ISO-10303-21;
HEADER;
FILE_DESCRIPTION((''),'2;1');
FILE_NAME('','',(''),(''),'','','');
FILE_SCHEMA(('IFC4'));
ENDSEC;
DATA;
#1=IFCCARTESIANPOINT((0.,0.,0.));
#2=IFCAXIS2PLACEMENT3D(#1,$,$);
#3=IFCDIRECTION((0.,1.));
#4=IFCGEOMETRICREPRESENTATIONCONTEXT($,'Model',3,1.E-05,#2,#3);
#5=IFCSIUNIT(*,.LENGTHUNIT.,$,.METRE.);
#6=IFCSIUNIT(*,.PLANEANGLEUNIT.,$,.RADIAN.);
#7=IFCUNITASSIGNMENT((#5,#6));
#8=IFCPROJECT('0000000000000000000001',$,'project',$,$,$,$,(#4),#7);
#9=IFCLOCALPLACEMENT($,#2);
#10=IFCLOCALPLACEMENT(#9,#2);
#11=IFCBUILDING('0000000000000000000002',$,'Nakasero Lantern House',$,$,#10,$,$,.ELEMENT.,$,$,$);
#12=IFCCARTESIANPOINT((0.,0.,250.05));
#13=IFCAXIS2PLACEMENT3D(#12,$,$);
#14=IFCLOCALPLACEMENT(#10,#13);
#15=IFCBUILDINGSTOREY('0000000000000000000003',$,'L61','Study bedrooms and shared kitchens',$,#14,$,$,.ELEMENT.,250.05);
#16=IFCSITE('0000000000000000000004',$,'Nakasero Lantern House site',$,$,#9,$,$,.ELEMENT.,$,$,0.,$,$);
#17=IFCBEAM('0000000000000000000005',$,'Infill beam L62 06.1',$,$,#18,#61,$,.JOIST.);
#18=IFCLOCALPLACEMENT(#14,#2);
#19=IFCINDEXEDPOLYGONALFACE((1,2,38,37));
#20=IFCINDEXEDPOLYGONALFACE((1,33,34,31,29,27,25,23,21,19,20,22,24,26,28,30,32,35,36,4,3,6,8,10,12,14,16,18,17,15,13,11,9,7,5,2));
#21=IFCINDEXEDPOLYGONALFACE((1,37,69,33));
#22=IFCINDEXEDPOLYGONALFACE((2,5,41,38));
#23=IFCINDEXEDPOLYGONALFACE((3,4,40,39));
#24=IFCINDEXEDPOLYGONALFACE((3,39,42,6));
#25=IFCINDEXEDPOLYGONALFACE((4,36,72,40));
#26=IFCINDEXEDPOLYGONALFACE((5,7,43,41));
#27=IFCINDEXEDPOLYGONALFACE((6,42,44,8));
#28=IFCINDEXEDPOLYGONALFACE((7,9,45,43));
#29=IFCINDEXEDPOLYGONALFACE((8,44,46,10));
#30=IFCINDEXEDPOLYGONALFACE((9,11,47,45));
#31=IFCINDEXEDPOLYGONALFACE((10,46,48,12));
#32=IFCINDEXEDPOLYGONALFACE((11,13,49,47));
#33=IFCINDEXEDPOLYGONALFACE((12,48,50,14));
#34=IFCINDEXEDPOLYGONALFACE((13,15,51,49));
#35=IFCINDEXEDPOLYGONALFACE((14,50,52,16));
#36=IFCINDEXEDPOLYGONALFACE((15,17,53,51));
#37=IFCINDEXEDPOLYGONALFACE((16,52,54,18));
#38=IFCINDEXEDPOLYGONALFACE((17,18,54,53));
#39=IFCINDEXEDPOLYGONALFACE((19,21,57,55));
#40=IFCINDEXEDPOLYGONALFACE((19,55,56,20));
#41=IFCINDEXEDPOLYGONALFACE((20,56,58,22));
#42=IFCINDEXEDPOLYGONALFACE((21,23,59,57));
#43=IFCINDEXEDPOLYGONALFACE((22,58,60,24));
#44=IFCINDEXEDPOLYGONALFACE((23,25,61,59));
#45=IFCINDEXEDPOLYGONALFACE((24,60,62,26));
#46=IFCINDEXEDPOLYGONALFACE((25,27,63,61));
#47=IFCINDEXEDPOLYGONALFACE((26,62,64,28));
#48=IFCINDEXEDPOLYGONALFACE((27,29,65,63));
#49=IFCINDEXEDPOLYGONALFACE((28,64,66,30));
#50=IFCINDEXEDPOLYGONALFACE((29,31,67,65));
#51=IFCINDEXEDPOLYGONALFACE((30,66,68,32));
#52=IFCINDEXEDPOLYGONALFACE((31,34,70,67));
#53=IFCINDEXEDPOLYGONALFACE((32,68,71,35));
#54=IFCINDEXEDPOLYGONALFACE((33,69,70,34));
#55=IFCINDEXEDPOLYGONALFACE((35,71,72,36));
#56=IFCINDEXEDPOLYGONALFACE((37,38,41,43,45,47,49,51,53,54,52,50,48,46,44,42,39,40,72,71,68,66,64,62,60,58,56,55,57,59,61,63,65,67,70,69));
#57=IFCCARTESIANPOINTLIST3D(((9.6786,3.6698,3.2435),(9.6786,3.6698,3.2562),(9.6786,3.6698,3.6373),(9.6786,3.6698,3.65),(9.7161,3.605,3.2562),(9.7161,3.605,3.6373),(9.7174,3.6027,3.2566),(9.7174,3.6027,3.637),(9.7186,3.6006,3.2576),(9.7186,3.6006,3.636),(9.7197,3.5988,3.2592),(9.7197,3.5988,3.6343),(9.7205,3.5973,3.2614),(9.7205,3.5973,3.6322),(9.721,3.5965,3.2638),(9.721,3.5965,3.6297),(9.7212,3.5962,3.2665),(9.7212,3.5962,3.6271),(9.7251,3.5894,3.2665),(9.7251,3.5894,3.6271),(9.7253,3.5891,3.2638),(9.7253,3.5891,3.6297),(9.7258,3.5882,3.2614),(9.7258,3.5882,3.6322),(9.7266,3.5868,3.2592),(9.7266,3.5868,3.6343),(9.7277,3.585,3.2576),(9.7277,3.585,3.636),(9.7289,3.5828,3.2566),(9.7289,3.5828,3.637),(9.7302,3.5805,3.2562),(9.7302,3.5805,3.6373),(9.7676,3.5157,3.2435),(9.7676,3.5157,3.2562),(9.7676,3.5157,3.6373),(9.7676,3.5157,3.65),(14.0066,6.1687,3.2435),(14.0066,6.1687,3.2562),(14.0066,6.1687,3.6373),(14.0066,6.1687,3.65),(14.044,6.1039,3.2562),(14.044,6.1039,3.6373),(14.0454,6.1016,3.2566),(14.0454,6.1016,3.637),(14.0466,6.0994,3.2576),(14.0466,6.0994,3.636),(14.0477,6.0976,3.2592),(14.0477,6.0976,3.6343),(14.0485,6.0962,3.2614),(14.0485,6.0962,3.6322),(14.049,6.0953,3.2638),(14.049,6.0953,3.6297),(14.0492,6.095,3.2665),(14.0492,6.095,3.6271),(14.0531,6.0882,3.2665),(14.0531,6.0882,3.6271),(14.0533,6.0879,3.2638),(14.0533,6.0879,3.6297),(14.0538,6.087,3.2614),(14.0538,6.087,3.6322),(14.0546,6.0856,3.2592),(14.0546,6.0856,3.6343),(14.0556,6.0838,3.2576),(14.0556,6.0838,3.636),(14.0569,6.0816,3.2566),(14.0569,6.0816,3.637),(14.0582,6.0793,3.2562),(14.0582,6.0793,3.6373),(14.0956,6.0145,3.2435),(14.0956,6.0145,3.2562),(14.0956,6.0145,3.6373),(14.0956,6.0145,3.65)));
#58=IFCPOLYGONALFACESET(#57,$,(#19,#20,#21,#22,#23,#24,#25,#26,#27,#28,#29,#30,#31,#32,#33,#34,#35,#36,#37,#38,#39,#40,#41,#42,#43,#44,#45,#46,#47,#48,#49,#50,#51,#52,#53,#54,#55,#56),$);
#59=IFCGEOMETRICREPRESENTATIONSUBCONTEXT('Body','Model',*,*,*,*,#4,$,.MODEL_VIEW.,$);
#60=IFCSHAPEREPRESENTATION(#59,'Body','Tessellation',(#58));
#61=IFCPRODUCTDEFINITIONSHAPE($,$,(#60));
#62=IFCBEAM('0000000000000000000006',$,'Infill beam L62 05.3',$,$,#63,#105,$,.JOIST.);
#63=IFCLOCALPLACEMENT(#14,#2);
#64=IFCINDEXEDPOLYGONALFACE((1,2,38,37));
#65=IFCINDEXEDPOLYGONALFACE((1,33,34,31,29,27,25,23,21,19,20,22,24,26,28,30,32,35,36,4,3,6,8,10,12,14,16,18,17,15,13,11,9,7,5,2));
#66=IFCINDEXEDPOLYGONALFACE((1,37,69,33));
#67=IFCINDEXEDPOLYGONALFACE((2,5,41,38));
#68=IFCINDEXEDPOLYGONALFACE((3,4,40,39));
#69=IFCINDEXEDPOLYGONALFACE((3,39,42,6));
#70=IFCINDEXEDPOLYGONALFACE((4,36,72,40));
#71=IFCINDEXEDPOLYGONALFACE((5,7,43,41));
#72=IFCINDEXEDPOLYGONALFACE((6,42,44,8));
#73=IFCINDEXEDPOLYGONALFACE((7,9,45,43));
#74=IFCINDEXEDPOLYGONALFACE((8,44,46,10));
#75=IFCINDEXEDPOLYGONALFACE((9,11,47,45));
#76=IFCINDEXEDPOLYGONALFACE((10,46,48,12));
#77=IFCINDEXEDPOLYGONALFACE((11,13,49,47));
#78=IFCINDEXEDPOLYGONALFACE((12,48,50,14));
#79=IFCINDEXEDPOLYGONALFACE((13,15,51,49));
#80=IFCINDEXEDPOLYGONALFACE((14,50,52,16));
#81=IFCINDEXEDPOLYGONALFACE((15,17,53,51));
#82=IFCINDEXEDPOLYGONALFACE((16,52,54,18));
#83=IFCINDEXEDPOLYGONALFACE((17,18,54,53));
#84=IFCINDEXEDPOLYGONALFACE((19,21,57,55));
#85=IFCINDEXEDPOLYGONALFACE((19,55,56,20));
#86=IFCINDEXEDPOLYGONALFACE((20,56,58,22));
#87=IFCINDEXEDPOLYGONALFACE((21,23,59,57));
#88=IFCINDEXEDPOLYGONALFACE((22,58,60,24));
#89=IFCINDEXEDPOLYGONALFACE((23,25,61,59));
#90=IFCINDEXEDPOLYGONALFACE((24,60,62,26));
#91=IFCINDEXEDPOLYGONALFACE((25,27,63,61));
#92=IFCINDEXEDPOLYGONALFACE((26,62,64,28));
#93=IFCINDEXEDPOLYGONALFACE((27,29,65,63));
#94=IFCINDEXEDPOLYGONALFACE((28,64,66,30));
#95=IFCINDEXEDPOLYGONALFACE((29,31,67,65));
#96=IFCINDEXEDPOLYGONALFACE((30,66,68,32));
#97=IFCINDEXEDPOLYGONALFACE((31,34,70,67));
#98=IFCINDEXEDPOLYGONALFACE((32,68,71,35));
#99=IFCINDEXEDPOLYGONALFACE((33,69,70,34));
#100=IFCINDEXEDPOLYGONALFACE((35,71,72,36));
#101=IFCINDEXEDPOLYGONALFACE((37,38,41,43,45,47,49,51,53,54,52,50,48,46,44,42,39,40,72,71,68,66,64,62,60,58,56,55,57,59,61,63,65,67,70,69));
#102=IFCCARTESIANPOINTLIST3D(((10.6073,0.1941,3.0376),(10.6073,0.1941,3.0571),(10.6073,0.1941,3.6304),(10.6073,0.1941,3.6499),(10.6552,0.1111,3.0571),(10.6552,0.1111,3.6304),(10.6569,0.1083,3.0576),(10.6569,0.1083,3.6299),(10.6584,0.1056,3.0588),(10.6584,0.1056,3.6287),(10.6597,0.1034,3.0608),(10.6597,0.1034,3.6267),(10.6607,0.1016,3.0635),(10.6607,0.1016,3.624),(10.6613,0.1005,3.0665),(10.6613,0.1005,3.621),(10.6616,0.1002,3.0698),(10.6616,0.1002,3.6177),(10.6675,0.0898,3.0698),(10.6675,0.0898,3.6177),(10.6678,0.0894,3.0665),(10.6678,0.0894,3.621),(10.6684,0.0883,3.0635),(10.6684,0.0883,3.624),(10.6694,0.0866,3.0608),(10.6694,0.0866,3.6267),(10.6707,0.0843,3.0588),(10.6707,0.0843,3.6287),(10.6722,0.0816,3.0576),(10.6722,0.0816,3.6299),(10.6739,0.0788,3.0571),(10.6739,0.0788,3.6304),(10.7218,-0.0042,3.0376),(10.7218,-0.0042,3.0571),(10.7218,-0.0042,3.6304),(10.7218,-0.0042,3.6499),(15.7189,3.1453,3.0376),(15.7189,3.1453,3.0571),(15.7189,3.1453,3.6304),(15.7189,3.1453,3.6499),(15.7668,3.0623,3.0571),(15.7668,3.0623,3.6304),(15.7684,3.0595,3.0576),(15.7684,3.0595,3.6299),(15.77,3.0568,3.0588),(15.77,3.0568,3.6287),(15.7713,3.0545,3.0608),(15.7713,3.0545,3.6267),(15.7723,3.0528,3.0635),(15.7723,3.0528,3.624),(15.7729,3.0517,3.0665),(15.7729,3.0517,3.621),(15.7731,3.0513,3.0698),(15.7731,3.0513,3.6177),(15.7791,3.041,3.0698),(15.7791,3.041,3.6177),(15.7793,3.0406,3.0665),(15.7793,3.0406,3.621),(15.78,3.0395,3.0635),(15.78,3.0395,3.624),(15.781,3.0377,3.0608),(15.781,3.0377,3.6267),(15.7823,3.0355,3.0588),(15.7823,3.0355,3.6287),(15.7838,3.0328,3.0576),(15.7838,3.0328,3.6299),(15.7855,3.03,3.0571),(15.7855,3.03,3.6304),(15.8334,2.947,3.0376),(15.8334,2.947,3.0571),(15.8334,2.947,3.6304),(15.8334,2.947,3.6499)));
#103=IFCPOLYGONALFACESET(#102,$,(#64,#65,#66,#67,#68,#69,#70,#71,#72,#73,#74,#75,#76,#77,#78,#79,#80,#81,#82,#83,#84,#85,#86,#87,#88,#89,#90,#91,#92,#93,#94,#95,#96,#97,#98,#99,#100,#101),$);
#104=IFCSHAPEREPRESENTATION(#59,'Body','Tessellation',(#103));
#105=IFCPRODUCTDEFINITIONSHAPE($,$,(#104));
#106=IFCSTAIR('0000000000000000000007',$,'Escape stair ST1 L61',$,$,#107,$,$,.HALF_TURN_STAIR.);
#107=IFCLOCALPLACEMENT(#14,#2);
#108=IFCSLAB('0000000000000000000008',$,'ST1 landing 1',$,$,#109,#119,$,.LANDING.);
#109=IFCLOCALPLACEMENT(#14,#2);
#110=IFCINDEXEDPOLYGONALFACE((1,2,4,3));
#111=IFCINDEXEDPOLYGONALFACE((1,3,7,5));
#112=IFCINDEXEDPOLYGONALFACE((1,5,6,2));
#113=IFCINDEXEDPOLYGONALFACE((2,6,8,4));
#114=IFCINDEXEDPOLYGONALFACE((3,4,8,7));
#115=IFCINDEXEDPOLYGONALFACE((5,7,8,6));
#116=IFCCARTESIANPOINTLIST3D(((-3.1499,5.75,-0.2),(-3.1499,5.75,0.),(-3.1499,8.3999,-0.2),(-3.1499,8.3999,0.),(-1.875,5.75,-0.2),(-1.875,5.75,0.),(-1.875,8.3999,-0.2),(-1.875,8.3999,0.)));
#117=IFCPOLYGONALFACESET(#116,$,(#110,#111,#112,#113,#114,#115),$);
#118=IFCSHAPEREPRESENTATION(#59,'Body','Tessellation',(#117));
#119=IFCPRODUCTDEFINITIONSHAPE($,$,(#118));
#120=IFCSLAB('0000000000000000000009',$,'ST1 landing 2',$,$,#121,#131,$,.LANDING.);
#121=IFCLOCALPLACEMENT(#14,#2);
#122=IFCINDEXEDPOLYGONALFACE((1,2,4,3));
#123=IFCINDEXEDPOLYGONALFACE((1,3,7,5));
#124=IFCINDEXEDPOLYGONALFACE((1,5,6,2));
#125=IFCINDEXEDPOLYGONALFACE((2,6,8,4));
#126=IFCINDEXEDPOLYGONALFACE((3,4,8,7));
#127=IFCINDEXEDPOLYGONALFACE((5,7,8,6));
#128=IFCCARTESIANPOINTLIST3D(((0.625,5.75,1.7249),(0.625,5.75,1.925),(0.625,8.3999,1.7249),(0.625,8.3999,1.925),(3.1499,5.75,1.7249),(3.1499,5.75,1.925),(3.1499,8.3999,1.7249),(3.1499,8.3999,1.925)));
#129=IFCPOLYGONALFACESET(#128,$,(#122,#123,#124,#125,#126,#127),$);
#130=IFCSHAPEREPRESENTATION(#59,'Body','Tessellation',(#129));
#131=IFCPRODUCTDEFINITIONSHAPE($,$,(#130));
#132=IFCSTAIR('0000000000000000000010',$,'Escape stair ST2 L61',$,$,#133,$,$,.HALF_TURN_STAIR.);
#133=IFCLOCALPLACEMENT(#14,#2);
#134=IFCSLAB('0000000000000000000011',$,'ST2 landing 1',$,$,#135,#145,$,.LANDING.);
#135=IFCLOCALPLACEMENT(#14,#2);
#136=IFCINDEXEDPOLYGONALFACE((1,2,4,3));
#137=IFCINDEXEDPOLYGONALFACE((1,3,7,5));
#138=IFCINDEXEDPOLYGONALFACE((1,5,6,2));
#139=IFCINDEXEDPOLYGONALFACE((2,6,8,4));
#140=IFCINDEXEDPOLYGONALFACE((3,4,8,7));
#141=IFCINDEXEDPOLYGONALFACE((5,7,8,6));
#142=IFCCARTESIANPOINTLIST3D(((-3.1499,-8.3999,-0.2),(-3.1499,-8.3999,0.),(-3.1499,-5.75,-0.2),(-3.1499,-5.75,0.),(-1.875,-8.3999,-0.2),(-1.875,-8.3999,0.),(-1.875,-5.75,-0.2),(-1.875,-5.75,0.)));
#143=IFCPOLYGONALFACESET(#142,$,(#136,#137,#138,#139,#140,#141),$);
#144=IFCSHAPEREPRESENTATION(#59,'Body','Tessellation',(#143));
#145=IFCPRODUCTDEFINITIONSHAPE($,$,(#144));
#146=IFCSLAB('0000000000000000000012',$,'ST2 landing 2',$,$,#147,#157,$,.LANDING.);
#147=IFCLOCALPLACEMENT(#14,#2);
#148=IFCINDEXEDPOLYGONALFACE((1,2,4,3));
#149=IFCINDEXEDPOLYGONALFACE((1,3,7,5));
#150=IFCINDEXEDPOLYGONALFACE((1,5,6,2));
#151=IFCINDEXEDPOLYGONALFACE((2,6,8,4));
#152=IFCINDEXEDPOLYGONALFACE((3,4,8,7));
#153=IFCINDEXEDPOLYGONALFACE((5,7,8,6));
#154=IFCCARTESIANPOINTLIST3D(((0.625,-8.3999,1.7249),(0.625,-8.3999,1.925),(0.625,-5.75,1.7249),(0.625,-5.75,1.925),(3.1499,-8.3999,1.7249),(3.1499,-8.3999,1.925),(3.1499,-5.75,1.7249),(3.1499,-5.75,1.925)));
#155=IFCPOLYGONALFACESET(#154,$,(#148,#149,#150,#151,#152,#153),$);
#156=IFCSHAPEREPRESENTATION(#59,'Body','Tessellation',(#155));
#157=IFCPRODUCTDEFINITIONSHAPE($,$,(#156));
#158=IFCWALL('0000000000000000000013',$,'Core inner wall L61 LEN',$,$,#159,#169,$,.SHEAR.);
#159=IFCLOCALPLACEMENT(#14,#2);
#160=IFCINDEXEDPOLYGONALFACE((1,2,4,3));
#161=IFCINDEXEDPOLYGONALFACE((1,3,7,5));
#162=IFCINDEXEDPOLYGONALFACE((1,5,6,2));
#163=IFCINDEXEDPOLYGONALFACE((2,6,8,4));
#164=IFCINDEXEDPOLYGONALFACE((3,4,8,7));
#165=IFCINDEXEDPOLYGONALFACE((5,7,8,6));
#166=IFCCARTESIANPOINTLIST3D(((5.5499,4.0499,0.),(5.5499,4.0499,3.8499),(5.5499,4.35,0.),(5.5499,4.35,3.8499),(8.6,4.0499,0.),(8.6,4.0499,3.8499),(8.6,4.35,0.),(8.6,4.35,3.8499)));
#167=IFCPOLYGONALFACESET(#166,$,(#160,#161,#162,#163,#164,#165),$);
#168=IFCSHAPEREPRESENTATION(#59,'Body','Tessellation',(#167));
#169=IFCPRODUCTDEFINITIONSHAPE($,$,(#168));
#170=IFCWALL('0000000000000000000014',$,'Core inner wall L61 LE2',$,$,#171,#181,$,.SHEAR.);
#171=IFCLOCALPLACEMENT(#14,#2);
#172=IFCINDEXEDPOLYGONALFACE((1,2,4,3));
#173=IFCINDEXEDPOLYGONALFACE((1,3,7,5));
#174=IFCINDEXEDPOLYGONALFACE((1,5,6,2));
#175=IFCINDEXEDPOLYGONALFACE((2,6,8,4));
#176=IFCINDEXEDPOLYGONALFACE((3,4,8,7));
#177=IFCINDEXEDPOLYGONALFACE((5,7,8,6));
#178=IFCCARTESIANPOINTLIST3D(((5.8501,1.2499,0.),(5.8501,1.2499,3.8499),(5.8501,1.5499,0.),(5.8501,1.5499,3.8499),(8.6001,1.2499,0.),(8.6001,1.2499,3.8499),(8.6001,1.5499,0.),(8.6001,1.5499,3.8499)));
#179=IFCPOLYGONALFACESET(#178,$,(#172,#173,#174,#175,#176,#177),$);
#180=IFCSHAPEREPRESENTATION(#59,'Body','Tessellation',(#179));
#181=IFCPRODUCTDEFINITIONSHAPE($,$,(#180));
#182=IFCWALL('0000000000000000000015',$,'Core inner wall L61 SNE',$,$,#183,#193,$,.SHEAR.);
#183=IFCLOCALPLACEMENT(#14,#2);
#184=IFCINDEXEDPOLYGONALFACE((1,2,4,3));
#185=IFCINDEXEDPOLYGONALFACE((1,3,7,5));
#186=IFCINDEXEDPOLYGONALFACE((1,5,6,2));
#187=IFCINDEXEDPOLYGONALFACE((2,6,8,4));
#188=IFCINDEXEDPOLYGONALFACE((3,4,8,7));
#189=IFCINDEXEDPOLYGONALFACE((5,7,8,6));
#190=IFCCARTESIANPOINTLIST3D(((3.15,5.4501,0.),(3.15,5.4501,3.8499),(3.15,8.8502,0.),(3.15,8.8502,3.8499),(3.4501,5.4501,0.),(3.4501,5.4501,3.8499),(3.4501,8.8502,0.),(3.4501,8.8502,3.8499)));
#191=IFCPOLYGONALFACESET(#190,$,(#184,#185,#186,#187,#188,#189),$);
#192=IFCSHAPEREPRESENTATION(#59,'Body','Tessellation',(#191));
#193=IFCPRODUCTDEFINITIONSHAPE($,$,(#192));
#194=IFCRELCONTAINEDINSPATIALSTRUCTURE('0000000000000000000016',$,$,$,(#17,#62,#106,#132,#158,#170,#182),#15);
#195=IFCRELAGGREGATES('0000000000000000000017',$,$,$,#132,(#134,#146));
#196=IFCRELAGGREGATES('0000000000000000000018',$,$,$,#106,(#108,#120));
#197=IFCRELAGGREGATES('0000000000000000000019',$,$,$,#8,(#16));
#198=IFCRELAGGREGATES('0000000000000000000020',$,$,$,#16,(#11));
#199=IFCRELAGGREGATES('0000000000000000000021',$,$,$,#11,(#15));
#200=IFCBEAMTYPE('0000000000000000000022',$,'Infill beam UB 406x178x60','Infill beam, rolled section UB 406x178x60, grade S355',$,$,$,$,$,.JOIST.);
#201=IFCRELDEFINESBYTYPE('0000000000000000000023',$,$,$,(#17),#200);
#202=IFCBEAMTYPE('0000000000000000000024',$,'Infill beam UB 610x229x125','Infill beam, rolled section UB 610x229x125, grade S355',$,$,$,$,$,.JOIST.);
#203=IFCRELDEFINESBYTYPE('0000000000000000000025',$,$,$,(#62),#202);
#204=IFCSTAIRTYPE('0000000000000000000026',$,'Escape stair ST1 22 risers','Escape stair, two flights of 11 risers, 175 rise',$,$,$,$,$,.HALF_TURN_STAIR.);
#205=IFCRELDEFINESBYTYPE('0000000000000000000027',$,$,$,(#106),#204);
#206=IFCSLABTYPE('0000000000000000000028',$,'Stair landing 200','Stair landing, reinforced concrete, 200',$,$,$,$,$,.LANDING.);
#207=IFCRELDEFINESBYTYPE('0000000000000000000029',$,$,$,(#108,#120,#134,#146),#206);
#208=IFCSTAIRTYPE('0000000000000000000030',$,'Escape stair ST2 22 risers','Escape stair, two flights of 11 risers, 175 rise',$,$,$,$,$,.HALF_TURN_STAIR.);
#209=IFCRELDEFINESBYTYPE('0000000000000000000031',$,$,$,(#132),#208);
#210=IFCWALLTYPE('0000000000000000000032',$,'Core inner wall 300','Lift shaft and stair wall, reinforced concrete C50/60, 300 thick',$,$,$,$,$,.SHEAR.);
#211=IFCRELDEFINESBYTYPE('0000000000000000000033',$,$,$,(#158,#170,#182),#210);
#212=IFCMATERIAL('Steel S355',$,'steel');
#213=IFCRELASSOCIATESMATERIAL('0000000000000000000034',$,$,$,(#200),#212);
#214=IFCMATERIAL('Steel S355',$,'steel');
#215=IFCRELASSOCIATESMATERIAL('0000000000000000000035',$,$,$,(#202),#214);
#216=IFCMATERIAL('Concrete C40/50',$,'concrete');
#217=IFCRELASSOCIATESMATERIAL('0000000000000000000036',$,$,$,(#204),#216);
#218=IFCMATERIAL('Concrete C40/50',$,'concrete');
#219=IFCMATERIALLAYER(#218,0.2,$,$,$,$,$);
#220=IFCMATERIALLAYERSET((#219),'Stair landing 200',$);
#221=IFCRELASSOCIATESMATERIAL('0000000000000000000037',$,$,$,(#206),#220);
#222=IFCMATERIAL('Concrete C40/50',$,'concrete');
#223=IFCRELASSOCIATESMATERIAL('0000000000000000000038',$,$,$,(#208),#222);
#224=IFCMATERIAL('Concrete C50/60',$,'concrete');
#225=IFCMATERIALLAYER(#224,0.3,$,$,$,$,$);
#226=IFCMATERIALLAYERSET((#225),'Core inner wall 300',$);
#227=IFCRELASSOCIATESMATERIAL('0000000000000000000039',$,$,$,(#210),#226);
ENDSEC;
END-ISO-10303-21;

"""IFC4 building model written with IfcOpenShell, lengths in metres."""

from ifc_helpers import new_model, si_unit, direction, frame, frame_2d, origin, origin_2d, place, context, subcontext, project, spatial, polyline, rectangle, i_section, outline, extrude, material, layer, layer_set, material_profile, profile_set, type_object, element, aggregate, save


model = new_model("IFC4")

# Units and contexts
model_context = context("Model", 3, precision=1e-05, world=origin(), true_north=direction((0.0, 1.0)))
body_context = subcontext(model_context, "Body", "Model", "MODEL_VIEW")
ifc_project = project(units=[si_unit("LENGTHUNIT", "METRE"), si_unit("PLANEANGLEUNIT", "RADIAN")], contexts=[model_context])

# Site, building, storey
site_placement = place(None, origin())
site = spatial("IfcSite", under=ifc_project, at=site_placement, Name="Nakasero Lantern House site", CompositionType="ELEMENT", RefElevation=0.0)
building_placement = place(site_placement, origin())
building = spatial("IfcBuilding", under=site, at=building_placement, Name="Nakasero Lantern House", CompositionType="ELEMENT")
storey_placement = place(building_placement, frame((0.0, 0.0, 250.05)))
storey = spatial("IfcBuildingStorey", under=building, at=storey_placement, Name="L61", Description="Study bedrooms and shared kitchens", CompositionType="ELEMENT", Elevation=250.05)

# Beams
ifc_material_1 = material(Name="Steel S355", Category="steel")
ifc_material_profile_1 = material_profile(ifc_material_1, i_section(OverallWidth=0.178, OverallDepth=0.4065, WebThickness=0.0078, FlangeThickness=0.0127, FilletRadius=0.0103, at=origin_2d()), Name="UB 406x178x60")
ifc_profile_set_1 = profile_set([ifc_material_profile_1], Name="Steel S355")
beam_type_1 = type_object("IfcBeamType", Name="Infill beam UB 406x178x60", Description="Infill beam, rolled section UB 406x178x60, grade S355", PredefinedType="JOIST", material=ifc_profile_set_1)
beam_1_placement = place(storey_placement, frame((9.7231, 3.5928, 3.4468), z_axis=(0.866019, 0.500011, 0.0), x_axis=(-0.500011, 0.866019, 0.0)))
element("IfcBeam", 1, at=beam_1_placement, inside=storey, type_object=beam_type_1, Name="Infill beam L62 06.1", PredefinedType="JOIST", context=body_context, shape_type="SweptSolid", body=[
    extrude(i_section(OverallWidth=0.178, OverallDepth=0.4065, WebThickness=0.0078, FlangeThickness=0.0127, FilletRadius=0.0103, at=origin_2d()), origin(), (0.0, 0.0, 1.0), 4.9976),
])
ifc_material_2 = material(Name="Steel S355", Category="steel")
ifc_material_profile_2 = material_profile(ifc_material_2, i_section(OverallWidth=0.229, OverallDepth=0.6123, WebThickness=0.012, FlangeThickness=0.0195, FilletRadius=0.0127, at=origin_2d()), Name="UB 610x229x125")
ifc_profile_set_2 = profile_set([ifc_material_profile_2], Name="Steel S355")
beam_type_2 = type_object("IfcBeamType", Name="Infill beam UB 610x229x125", Description="Infill beam, rolled section UB 610x229x125, grade S355", PredefinedType="JOIST", material=ifc_profile_set_2)
beam_2_placement = place(storey_placement, frame((10.6646, 0.095, 3.3438), z_axis=(0.866025, 0.500001, 0.0), x_axis=(-0.500001, 0.866025, 0.0)))
element("IfcBeam", 2, at=beam_2_placement, inside=storey, type_object=beam_type_2, Name="Infill beam L62 05.3", PredefinedType="JOIST", context=body_context, shape_type="SweptSolid", body=[
    extrude(i_section(OverallWidth=0.229, OverallDepth=0.6123, WebThickness=0.012, FlangeThickness=0.0195, FilletRadius=0.0127, at=origin_2d()), origin(), (0.0, 0.0, 1.0), 5.9023),
])

# Stairs, slabs
ifc_material_3 = material(Name="Concrete C40/50", Category="concrete")
stair_type_1 = type_object("IfcStairType", Name="Escape stair ST1 22 risers", Description="Escape stair, two flights of 11 risers, 175 rise", PredefinedType="HALF_TURN_STAIR", material=ifc_material_3)
stair_1_placement = place(storey_placement, origin())
stair_1 = element("IfcStair", 3, at=stair_1_placement, inside=storey, type_object=stair_type_1, Name="Escape stair ST1 L61", PredefinedType="HALF_TURN_STAIR")
ifc_material_4 = material(Name="Concrete C40/50", Category="concrete")
ifc_layer_1 = layer(ifc_material_4, 0.2)
ifc_layer_set_1 = layer_set([ifc_layer_1], Name="Stair landing 200")
slab_type = type_object("IfcSlabType", Name="Stair landing 200", Description="Stair landing, reinforced concrete, 200", PredefinedType="LANDING", material=ifc_layer_set_1)
slab_1_placement = place(storey_placement, frame((0.0, 0.0, -0.2)))
slab_1 = element("IfcSlab", 4, at=slab_1_placement, type_object=slab_type, Name="ST1 landing 1", PredefinedType="LANDING", context=body_context, shape_type="SweptSolid", body=[
    extrude(outline(polyline([(-3.1499, 5.75), (-1.875, 5.75), (-1.875, 8.3999), (-3.1499, 8.3999), (-3.1499, 5.75)])), origin(), (0.0, 0.0, 1.0), 0.2),
])
slab_2_placement = place(storey_placement, frame((0.0, 0.0, 1.7249)))
slab_2 = element("IfcSlab", 5, at=slab_2_placement, type_object=slab_type, Name="ST1 landing 2", PredefinedType="LANDING", context=body_context, shape_type="SweptSolid", body=[
    extrude(outline(polyline([(0.625, 5.75), (3.1499, 5.75), (3.1499, 8.3999), (0.625, 8.3999), (0.625, 5.75)])), origin(), (0.0, 0.0, 1.0), 0.2002),
])
ifc_material_5 = material(Name="Concrete C40/50", Category="concrete")
stair_type_2 = type_object("IfcStairType", Name="Escape stair ST2 22 risers", Description="Escape stair, two flights of 11 risers, 175 rise", PredefinedType="HALF_TURN_STAIR", material=ifc_material_5)
stair_2_placement = place(storey_placement, origin())
stair_2 = element("IfcStair", 6, at=stair_2_placement, inside=storey, type_object=stair_type_2, Name="Escape stair ST2 L61", PredefinedType="HALF_TURN_STAIR")
slab_3_placement = place(storey_placement, frame((0.0, 0.0, -0.2)))
slab_3 = element("IfcSlab", 7, at=slab_3_placement, type_object=slab_type, Name="ST2 landing 1", PredefinedType="LANDING", context=body_context, shape_type="SweptSolid", body=[
    extrude(outline(polyline([(-3.1499, -8.3999), (-1.875, -8.3999), (-1.875, -5.75), (-3.1499, -5.75), (-3.1499, -8.3999)])), origin(), (0.0, 0.0, 1.0), 0.2),
])
slab_4_placement = place(storey_placement, frame((0.0, 0.0, 1.7249)))
slab_4 = element("IfcSlab", 8, at=slab_4_placement, type_object=slab_type, Name="ST2 landing 2", PredefinedType="LANDING", context=body_context, shape_type="SweptSolid", body=[
    extrude(outline(polyline([(0.625, -8.3999), (3.1499, -8.3999), (3.1499, -5.75), (0.625, -5.75), (0.625, -8.3999)])), origin(), (0.0, 0.0, 1.0), 0.2002),
])
aggregate(stair_2, [slab_3, slab_4])

# Walls
ifc_material_6 = material(Name="Concrete C50/60", Category="concrete")
ifc_layer_2 = layer(ifc_material_6, 0.3)
ifc_layer_set_2 = layer_set([ifc_layer_2], Name="Core inner wall 300")
wall_type_1 = type_object("IfcWallType", Name="Core inner wall 300", Description="Lift shaft and stair wall, reinforced concrete C50/60, 300 thick", PredefinedType="SHEAR", material=ifc_layer_set_2)
wall_1_placement = place(storey_placement, frame((5.55, 4.2, 0.0), z_axis=(0.0, 0.0, 1.0), x_axis=(1.0, 0.0, 0.0)))
element("IfcWall", 9, at=wall_1_placement, inside=storey, type_object=wall_type_1, Name="Core inner wall L61 LEN", PredefinedType="SHEAR", context=body_context, shape_type="SweptSolid", body=[
    extrude(rectangle(XDim=3.05, YDim=0.3, at=frame_2d((1.5249, 0.0))), origin(), (0.0, 0.0, 1.0), 3.8499),
])
wall_2_placement = place(storey_placement, frame((5.8501, 1.3999, 0.0), z_axis=(0.0, 0.0, 1.0), x_axis=(1.0, 0.0, 0.0)))
element("IfcWall", 10, at=wall_2_placement, inside=storey, type_object=wall_type_1, Name="Core inner wall L61 LE2", PredefinedType="SHEAR", context=body_context, shape_type="SweptSolid", body=[
    extrude(rectangle(XDim=2.75, YDim=0.3, at=frame_2d((1.375, 0.0))), origin(), (0.0, 0.0, 1.0), 3.8499),
])
wall_3_placement = place(storey_placement, frame((3.3, 5.45, 0.0), z_axis=(0.0, 0.0, 1.0), x_axis=(0.0, 1.0, 0.0)))
element("IfcWall", 11, at=wall_3_placement, inside=storey, type_object=wall_type_1, Name="Core inner wall L61 SNE", PredefinedType="SHEAR", context=body_context, shape_type="SweptSolid", body=[
    extrude(rectangle(XDim=3.4001, YDim=0.3, at=frame_2d((1.7002, 0.0))), origin(), (0.0, 0.0, 1.0), 3.8499),
])

aggregate(stair_1, [slab_1, slab_2])

save(model, "model.ifc")
